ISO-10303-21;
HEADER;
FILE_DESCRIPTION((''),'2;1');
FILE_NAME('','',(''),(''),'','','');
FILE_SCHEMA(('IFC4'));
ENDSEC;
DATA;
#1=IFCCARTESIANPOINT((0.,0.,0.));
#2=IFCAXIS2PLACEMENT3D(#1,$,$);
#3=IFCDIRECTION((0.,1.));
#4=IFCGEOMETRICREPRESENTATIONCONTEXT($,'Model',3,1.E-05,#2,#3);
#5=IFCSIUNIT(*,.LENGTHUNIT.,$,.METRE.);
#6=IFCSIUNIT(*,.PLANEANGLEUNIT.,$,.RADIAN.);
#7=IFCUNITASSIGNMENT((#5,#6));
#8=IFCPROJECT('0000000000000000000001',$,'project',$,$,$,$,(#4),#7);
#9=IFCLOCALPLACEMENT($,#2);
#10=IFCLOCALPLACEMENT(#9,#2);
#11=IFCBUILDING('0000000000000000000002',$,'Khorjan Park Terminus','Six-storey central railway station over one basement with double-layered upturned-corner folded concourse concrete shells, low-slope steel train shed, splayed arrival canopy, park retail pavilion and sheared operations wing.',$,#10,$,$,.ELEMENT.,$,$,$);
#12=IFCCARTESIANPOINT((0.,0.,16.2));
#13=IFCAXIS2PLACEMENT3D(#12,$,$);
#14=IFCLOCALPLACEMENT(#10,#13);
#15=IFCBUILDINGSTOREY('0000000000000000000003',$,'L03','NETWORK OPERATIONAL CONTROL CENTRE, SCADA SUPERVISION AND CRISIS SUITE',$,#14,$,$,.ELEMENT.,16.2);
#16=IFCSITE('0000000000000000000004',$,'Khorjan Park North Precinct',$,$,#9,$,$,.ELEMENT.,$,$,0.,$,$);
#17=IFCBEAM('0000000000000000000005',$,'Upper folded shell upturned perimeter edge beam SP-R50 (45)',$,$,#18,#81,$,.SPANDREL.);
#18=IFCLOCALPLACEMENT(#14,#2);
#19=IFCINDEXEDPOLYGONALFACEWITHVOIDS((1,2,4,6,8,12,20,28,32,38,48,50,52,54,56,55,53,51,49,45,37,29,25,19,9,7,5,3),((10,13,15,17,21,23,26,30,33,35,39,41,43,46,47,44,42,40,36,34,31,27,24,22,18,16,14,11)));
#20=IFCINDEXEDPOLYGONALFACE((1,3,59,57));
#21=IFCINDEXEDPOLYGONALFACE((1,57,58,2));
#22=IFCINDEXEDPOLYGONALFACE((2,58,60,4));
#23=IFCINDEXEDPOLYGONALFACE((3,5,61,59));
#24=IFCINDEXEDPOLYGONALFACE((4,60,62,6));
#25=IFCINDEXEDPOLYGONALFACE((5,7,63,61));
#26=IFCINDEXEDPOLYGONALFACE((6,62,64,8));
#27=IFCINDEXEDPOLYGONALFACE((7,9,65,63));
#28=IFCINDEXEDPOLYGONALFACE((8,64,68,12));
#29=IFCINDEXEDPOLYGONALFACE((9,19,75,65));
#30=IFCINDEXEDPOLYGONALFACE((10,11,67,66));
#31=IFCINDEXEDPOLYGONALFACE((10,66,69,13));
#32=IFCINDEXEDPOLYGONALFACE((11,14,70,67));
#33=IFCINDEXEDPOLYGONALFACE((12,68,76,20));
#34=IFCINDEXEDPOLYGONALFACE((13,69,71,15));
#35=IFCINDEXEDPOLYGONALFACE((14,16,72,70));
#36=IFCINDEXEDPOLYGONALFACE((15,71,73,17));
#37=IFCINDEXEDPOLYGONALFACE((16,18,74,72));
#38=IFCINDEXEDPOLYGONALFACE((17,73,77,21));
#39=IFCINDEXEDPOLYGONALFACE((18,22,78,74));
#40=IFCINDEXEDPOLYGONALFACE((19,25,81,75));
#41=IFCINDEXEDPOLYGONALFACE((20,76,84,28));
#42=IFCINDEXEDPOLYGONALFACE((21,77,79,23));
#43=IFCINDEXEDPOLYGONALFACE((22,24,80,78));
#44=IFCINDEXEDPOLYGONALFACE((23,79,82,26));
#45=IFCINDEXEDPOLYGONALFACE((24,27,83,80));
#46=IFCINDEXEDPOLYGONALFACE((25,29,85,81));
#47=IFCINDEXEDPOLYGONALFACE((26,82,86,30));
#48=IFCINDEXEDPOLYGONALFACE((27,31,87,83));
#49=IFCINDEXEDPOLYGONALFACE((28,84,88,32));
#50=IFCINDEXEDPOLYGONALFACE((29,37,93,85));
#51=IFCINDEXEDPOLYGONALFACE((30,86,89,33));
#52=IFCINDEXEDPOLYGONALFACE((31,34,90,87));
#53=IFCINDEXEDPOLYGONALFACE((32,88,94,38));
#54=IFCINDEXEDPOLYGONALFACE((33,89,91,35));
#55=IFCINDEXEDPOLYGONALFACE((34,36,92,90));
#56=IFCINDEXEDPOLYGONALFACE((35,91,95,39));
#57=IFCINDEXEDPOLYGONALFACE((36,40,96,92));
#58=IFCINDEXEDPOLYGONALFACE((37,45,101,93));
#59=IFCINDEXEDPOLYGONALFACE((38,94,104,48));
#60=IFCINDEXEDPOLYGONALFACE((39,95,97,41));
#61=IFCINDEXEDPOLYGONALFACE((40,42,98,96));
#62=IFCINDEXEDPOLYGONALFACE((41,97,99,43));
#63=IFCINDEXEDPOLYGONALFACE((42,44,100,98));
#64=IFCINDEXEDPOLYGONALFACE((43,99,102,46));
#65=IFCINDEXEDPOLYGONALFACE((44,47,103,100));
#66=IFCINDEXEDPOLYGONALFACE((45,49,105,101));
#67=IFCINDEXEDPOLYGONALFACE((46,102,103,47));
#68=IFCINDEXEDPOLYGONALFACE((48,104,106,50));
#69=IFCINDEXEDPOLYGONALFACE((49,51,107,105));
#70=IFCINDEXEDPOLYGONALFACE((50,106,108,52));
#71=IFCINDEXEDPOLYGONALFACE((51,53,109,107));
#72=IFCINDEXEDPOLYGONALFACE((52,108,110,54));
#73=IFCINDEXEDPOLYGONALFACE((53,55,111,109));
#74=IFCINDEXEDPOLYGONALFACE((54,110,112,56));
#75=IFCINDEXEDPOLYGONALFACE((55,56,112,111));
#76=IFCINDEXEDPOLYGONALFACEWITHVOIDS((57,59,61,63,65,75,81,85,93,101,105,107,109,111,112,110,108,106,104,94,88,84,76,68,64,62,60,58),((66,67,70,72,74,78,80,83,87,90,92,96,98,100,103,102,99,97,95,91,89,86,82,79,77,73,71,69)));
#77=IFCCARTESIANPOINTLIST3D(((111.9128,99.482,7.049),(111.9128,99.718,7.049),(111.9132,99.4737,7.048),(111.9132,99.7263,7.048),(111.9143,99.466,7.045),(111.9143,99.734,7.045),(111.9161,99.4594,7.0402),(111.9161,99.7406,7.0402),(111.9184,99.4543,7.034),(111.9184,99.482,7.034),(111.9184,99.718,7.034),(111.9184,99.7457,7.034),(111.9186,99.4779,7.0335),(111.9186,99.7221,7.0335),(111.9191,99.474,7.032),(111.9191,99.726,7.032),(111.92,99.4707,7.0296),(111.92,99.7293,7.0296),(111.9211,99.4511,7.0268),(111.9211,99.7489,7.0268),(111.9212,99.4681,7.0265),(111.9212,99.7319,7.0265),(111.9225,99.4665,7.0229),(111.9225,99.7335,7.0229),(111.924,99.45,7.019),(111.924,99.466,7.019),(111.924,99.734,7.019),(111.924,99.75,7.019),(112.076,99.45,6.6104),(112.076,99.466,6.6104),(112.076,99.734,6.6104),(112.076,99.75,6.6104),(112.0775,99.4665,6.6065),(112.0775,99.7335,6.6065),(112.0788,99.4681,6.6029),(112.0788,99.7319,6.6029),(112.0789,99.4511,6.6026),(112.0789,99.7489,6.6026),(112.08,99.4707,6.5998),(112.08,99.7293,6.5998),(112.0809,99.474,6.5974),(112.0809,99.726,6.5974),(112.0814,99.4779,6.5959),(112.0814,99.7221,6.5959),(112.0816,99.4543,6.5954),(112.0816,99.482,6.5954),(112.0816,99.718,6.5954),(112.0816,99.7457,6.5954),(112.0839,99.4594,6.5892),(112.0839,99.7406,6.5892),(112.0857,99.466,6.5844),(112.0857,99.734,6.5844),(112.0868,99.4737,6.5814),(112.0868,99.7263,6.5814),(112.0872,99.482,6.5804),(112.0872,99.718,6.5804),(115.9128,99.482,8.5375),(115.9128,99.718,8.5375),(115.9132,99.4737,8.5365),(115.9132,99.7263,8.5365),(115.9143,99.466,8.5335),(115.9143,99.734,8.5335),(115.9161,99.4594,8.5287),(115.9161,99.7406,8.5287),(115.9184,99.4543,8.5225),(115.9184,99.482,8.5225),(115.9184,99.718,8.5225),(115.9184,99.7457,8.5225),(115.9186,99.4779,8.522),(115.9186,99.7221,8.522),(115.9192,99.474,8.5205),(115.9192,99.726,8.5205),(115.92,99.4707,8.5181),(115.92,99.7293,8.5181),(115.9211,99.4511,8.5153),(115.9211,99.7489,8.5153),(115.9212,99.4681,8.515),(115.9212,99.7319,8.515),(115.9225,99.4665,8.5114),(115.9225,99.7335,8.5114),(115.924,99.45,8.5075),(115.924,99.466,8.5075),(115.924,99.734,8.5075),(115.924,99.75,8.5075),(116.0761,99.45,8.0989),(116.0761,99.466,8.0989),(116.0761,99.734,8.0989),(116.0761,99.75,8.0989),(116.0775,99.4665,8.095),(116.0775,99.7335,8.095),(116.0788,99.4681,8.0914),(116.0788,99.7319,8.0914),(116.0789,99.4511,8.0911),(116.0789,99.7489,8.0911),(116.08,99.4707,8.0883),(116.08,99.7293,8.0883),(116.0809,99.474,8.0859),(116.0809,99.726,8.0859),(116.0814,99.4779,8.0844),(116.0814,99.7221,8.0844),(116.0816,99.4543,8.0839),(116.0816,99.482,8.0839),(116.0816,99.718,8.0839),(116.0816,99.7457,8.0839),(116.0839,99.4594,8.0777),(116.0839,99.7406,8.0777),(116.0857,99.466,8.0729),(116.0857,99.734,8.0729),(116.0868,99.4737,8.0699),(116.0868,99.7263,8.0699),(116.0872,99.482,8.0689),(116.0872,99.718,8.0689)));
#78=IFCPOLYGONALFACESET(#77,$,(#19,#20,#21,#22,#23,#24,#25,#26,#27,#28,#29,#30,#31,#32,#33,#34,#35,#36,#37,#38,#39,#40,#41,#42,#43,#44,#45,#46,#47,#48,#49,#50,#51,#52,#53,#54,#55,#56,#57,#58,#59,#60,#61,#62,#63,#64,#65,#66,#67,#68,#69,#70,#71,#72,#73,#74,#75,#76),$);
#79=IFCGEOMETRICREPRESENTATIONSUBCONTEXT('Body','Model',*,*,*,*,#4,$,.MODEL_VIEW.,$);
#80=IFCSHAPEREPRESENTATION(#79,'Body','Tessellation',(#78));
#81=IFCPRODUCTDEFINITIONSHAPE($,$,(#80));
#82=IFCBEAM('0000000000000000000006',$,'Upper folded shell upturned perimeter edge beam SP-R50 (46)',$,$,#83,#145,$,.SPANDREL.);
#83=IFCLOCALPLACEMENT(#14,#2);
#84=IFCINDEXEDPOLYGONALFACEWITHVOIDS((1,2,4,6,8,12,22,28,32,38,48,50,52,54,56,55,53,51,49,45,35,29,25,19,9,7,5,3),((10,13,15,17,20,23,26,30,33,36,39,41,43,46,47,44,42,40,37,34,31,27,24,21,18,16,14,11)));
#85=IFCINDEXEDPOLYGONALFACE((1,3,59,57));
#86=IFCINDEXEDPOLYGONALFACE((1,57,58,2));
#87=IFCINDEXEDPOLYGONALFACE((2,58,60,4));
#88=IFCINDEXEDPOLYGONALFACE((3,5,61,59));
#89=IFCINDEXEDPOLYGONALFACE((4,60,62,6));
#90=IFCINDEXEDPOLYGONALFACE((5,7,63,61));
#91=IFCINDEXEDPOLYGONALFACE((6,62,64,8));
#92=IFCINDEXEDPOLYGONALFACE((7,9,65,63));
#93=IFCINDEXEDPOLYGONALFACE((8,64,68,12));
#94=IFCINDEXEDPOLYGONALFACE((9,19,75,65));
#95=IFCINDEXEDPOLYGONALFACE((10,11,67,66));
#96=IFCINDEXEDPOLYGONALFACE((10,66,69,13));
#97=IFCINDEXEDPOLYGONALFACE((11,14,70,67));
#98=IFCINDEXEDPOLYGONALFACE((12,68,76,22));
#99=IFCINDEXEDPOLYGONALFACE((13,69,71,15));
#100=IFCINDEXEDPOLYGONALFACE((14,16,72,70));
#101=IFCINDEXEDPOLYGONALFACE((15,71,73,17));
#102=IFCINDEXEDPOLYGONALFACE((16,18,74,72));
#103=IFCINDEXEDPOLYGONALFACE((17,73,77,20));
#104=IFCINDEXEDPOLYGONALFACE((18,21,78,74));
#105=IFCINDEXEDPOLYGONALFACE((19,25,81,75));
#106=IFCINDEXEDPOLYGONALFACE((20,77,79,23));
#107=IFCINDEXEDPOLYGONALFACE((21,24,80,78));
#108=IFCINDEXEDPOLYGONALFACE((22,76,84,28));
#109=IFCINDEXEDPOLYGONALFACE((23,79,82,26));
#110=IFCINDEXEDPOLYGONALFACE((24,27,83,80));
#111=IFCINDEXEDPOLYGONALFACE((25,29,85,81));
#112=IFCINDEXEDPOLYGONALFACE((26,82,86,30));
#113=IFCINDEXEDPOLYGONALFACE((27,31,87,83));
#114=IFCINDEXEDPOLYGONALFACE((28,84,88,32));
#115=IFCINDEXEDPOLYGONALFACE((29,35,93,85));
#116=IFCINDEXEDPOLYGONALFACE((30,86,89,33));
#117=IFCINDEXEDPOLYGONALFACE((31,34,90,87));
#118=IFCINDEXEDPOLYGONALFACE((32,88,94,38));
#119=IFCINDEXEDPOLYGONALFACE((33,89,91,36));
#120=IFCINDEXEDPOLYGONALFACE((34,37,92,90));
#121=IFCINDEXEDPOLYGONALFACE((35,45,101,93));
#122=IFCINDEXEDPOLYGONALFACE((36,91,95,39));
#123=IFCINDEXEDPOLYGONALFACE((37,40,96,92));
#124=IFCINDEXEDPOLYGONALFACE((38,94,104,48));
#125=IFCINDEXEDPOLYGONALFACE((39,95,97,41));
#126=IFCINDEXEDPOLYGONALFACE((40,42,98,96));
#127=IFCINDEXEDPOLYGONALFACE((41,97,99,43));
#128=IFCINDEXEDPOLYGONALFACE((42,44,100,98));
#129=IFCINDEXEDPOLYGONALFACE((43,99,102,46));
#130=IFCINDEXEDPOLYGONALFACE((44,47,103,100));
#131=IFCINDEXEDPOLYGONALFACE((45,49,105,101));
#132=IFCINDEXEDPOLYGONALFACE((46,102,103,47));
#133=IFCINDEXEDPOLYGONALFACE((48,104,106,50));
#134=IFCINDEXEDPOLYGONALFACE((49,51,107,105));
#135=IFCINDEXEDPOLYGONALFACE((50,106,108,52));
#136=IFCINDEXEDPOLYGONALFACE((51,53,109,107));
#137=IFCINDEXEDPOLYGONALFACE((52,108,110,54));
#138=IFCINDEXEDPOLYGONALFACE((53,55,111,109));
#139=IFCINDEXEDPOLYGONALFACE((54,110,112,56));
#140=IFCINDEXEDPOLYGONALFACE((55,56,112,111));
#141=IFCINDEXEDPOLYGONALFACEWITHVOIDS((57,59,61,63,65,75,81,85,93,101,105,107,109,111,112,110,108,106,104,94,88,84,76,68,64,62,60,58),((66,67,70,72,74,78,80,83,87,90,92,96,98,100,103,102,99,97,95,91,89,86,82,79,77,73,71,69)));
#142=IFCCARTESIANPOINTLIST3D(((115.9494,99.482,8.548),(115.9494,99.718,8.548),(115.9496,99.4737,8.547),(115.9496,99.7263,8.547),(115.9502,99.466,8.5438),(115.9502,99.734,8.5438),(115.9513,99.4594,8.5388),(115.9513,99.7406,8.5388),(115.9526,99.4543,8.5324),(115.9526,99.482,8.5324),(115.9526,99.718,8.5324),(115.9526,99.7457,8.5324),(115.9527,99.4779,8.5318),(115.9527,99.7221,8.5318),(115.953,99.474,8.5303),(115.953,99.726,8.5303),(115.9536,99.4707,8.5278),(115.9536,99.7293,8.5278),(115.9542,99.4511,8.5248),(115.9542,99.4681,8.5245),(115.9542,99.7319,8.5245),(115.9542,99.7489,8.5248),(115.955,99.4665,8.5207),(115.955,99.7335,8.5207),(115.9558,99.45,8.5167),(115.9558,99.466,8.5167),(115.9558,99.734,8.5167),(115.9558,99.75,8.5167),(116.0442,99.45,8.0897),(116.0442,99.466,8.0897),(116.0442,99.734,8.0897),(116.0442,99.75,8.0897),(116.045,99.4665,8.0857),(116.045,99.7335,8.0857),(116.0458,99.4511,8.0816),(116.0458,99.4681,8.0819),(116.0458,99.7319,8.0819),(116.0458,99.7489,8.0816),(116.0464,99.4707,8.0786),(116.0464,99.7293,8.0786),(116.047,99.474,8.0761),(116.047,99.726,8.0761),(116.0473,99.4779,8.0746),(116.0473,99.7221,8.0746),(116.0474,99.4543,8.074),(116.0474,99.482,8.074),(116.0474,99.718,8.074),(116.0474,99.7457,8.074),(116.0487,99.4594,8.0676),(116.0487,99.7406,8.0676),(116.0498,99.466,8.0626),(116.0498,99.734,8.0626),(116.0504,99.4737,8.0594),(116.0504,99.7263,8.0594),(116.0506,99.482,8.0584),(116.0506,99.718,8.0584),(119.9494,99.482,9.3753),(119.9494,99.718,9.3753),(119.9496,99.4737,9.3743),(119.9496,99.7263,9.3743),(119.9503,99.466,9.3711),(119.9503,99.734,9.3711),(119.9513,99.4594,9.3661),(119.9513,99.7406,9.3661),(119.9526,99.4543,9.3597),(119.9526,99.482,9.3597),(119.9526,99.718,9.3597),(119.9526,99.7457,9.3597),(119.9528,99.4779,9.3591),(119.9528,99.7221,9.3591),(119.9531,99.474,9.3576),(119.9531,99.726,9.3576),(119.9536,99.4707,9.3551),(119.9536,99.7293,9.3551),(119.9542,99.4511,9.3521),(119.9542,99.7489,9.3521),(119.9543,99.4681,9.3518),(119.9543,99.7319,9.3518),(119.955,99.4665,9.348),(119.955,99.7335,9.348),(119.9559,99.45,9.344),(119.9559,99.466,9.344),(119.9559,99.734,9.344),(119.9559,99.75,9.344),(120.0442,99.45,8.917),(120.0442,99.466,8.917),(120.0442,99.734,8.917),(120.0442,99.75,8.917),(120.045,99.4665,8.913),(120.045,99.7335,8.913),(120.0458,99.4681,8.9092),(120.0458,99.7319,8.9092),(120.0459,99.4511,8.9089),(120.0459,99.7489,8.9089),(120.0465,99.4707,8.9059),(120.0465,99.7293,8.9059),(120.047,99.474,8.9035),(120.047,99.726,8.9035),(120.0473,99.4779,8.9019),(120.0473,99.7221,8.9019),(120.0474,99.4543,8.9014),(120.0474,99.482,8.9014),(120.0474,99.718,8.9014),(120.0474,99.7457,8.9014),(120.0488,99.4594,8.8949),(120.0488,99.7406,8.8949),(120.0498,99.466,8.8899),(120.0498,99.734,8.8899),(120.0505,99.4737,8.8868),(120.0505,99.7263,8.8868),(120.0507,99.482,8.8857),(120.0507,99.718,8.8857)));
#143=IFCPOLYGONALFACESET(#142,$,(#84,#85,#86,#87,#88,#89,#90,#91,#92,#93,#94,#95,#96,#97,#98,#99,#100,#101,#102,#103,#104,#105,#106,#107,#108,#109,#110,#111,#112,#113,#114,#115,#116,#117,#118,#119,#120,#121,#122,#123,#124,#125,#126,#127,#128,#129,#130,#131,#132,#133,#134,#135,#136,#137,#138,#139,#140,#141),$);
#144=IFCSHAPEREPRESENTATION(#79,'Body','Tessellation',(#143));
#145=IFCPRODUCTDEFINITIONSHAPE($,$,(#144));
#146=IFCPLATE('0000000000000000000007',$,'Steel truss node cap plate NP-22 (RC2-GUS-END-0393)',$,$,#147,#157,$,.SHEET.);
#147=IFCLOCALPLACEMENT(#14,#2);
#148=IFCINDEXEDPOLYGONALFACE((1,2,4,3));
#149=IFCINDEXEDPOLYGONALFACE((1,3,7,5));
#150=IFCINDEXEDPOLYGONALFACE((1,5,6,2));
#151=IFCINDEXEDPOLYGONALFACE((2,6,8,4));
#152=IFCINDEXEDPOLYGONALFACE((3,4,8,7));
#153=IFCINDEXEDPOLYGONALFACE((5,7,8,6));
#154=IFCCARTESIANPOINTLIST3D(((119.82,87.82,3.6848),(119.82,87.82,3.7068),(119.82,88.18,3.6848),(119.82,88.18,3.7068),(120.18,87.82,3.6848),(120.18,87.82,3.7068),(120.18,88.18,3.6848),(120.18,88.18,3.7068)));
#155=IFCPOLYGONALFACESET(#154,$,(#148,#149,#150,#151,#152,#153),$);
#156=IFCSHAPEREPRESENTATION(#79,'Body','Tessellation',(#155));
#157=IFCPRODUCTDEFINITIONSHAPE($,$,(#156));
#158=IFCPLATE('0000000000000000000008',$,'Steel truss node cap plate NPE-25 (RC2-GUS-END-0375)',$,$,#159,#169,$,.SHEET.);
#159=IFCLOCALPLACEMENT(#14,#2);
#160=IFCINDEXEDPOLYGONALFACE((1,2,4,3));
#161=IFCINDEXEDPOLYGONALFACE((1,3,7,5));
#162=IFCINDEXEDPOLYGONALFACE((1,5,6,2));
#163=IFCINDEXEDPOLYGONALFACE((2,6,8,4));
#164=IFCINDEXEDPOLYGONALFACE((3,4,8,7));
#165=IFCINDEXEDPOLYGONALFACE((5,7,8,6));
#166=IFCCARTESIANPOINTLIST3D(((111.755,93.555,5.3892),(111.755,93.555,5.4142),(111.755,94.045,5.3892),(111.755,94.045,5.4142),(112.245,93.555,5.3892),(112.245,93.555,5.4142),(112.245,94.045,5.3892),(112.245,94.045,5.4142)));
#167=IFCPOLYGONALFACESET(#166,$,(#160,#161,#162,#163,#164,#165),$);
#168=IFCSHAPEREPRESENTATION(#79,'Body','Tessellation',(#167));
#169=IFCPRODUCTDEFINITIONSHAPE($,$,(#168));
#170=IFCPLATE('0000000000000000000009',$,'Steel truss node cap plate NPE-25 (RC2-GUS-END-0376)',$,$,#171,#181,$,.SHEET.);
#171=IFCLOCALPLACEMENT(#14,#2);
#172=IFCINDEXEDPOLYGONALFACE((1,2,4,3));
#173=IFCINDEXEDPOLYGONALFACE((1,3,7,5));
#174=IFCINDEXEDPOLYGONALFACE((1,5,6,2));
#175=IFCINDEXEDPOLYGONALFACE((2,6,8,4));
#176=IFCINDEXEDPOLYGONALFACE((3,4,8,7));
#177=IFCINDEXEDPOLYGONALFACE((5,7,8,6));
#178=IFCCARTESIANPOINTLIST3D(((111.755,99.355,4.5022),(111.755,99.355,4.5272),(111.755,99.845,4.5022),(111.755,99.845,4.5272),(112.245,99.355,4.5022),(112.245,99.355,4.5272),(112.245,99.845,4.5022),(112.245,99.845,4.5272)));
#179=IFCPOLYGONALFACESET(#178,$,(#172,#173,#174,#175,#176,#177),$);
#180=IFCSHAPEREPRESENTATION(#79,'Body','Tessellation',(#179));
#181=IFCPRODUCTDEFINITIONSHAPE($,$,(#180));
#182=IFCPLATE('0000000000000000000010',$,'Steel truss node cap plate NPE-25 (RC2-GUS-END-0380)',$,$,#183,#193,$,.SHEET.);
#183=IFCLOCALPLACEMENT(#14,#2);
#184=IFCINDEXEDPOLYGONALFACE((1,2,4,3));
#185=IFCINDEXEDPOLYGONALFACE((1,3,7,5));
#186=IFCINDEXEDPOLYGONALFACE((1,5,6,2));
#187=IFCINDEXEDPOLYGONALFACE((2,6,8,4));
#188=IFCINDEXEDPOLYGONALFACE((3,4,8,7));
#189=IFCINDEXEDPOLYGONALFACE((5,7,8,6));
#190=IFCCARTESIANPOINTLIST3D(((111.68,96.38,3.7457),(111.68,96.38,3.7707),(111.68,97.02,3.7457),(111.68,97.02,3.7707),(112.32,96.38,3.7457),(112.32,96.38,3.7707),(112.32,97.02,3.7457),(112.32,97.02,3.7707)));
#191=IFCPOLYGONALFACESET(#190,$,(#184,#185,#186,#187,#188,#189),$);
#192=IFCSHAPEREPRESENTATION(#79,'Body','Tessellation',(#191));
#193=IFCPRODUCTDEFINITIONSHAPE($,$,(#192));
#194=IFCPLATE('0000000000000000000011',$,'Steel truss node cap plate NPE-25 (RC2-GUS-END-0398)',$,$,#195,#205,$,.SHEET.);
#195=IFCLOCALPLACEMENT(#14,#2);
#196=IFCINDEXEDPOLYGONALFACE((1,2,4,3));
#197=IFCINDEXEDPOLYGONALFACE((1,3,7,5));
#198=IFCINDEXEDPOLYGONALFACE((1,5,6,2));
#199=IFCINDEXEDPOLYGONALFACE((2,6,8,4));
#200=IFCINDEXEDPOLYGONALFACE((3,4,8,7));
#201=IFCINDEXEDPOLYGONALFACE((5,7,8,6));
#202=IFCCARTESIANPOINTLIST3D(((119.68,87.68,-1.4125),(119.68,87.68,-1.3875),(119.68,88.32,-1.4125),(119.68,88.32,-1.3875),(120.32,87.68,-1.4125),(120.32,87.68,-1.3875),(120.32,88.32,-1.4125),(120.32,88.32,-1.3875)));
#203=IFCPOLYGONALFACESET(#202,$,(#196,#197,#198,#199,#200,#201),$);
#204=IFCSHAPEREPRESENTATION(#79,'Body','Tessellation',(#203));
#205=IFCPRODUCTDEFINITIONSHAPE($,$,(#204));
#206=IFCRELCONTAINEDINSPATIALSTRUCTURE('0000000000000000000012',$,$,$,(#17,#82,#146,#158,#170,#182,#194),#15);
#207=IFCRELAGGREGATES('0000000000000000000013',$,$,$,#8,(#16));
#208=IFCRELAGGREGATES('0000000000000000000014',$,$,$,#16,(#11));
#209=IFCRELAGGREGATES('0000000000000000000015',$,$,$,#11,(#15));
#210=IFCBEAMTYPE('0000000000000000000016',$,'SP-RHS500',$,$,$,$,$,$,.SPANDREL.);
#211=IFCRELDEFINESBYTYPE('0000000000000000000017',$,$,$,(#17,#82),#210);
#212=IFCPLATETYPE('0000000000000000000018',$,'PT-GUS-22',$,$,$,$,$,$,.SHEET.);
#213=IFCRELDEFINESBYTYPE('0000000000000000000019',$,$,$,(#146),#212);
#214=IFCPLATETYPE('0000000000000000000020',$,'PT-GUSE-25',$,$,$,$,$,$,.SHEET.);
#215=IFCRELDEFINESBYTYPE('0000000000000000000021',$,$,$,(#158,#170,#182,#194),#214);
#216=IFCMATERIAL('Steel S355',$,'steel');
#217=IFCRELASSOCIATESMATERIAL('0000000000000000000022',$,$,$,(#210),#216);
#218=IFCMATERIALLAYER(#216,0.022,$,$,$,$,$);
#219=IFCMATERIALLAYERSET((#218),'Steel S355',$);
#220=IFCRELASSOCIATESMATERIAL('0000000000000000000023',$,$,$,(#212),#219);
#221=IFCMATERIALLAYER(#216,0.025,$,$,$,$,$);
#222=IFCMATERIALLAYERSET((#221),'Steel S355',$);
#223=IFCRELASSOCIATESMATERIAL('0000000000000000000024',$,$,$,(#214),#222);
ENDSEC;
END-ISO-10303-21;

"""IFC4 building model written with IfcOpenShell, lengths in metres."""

from ifc_helpers import new_model, si_unit, direction, frame, origin, origin_2d, place, context, subcontext, project, spatial, rectangle, hollow_rectangle, extrude, material, layer, layer_set, material_profile, profile_set, type_object, element, save


model = new_model("IFC4")

# Units and contexts
model_context = context("Model", 3, precision=1e-05, world=origin(), true_north=direction((0.0, 1.0)))
body_context = subcontext(model_context, "Body", "Model", "MODEL_VIEW")
ifc_project = project(units=[si_unit("LENGTHUNIT", "METRE"), si_unit("PLANEANGLEUNIT", "RADIAN")], contexts=[model_context])

# Site, building, storey
site_placement = place(None, origin())
site = spatial("IfcSite", under=ifc_project, at=site_placement, Name="Khorjan Park North Precinct", CompositionType="ELEMENT", RefElevation=0.0)
building_placement = place(site_placement, origin())
building = spatial("IfcBuilding", under=site, at=building_placement, Name="Khorjan Park Terminus", Description="Six-storey central railway station over one basement with double-layered upturned-corner folded concourse concrete shells, low-slope steel train shed, splayed arrival canopy, park retail pavilion and sheared operations wing.", CompositionType="ELEMENT")
storey_placement = place(building_placement, frame((0.0, 0.0, 16.2)))
storey = spatial("IfcBuildingStorey", under=building, at=storey_placement, Name="L03", Description="NETWORK OPERATIONAL CONTROL CENTRE, SCADA SUPERVISION AND CRISIS SUITE", CompositionType="ELEMENT", Elevation=16.2)

# Shared definitions
ifc_material_1 = material(Name="Steel S355", Category="steel")

# Beams
ifc_material_profile_1 = material_profile(ifc_material_1, hollow_rectangle(XDim=0.3, YDim=0.5, WallThickness=0.016, InnerFilletRadius=0.016, OuterFilletRadius=0.032, at=origin_2d()), Name="RHS 500x300x16")
ifc_profile_set_1 = profile_set([ifc_material_profile_1], Name="Steel S355")
beam_type_1 = type_object("IfcBeamType", Name="SP-RHS500", PredefinedType="SPANDREL", material=ifc_profile_set_1)
beam_1_placement = place(storey_placement, frame((112.0, 99.6, 6.8147), z_axis=(0.937212, 0.0, 0.34876), x_axis=(0.0, 1.0, 0.0)))
element("IfcBeam", 1, at=beam_1_placement, inside=storey, type_object=beam_type_1, Name="Upper folded shell upturned perimeter edge beam SP-R50 (45)", PredefinedType="SPANDREL", context=body_context, shape_type="SweptSolid", body=[
    extrude(hollow_rectangle(XDim=0.3, YDim=0.5, WallThickness=0.016, InnerFilletRadius=0.016, OuterFilletRadius=0.032, at=origin_2d()), origin(), (0.0, 0.0, 1.0), 4.268),
])
beam_2_placement = place(storey_placement, frame((116.0, 99.6, 8.3032), z_axis=(0.979274, 0.0, 0.202538), x_axis=(0.0, 1.0, 0.0)))
element("IfcBeam", 2, at=beam_2_placement, inside=storey, type_object=beam_type_1, Name="Upper folded shell upturned perimeter edge beam SP-R50 (46)", PredefinedType="SPANDREL", context=body_context, shape_type="SweptSolid", body=[
    extrude(hollow_rectangle(XDim=0.3, YDim=0.5, WallThickness=0.016, InnerFilletRadius=0.016, OuterFilletRadius=0.032, at=origin_2d()), origin(), (0.0, 0.0, 1.0), 4.0847),
])

# Plates
ifc_layer_1 = layer(ifc_material_1, 0.022)
ifc_layer_set_1 = layer_set([ifc_layer_1], Name="Steel S355")
plate_type_1 = type_object("IfcPlateType", Name="PT-GUS-22", PredefinedType="SHEET", material=ifc_layer_set_1)
plate_1_placement = place(storey_placement, frame((120.0, 88.0, 3.6848), z_axis=(0.0, 0.0, 1.0), x_axis=(1.0, 0.0, 0.0)))
element("IfcPlate", 3, at=plate_1_placement, inside=storey, type_object=plate_type_1, Name="Steel truss node cap plate NP-22 (RC2-GUS-END-0393)", PredefinedType="SHEET", context=body_context, shape_type="SweptSolid", body=[
    extrude(rectangle(XDim=0.36, YDim=0.36, at=origin_2d()), origin(), (0.0, 0.0, 1.0), 0.022),
])
ifc_layer_2 = layer(ifc_material_1, 0.025)
ifc_layer_set_2 = layer_set([ifc_layer_2], Name="Steel S355")
plate_type_2 = type_object("IfcPlateType", Name="PT-GUSE-25", PredefinedType="SHEET", material=ifc_layer_set_2)
for number, where, z_axis, x_axis, name in (
    (4, (112.0, 93.8, 5.3892), (0.0, 0.0, 1.0), (1.0, 0.0, 0.0), "Steel truss node cap plate NPE-25 (RC2-GUS-END-0375)"),
    (5, (112.0, 99.6, 4.5022), (0.0, 0.0, 1.0), (1.0, 0.0, 0.0), "Steel truss node cap plate NPE-25 (RC2-GUS-END-0376)"),
):
    element("IfcPlate", number, at=place(storey_placement, frame(where, z_axis=z_axis, x_axis=x_axis)), inside=storey, type_object=plate_type_2, Name=name, PredefinedType="SHEET", context=body_context, shape_type="SweptSolid", body=[
        extrude(rectangle(XDim=0.49, YDim=0.49, at=origin_2d()), origin(), (0.0, 0.0, 1.0), 0.025),
    ])
for number, where, z_axis, x_axis, name in (
    (6, (112.0, 96.7, 3.7457), (0.0, 0.0, 1.0), (1.0, 0.0, 0.0), "Steel truss node cap plate NPE-25 (RC2-GUS-END-0380)"),
    (7, (120.0, 88.0, -1.4125), (0.0, 0.0, 1.0), (1.0, 0.0, 0.0), "Steel truss node cap plate NPE-25 (RC2-GUS-END-0398)"),
):
    element("IfcPlate", number, at=place(storey_placement, frame(where, z_axis=z_axis, x_axis=x_axis)), inside=storey, type_object=plate_type_2, Name=name, PredefinedType="SHEET", context=body_context, shape_type="SweptSolid", body=[
        extrude(rectangle(XDim=0.64, YDim=0.64, at=origin_2d()), origin(), (0.0, 0.0, 1.0), 0.025),
    ])

save(model, "model.ifc")
